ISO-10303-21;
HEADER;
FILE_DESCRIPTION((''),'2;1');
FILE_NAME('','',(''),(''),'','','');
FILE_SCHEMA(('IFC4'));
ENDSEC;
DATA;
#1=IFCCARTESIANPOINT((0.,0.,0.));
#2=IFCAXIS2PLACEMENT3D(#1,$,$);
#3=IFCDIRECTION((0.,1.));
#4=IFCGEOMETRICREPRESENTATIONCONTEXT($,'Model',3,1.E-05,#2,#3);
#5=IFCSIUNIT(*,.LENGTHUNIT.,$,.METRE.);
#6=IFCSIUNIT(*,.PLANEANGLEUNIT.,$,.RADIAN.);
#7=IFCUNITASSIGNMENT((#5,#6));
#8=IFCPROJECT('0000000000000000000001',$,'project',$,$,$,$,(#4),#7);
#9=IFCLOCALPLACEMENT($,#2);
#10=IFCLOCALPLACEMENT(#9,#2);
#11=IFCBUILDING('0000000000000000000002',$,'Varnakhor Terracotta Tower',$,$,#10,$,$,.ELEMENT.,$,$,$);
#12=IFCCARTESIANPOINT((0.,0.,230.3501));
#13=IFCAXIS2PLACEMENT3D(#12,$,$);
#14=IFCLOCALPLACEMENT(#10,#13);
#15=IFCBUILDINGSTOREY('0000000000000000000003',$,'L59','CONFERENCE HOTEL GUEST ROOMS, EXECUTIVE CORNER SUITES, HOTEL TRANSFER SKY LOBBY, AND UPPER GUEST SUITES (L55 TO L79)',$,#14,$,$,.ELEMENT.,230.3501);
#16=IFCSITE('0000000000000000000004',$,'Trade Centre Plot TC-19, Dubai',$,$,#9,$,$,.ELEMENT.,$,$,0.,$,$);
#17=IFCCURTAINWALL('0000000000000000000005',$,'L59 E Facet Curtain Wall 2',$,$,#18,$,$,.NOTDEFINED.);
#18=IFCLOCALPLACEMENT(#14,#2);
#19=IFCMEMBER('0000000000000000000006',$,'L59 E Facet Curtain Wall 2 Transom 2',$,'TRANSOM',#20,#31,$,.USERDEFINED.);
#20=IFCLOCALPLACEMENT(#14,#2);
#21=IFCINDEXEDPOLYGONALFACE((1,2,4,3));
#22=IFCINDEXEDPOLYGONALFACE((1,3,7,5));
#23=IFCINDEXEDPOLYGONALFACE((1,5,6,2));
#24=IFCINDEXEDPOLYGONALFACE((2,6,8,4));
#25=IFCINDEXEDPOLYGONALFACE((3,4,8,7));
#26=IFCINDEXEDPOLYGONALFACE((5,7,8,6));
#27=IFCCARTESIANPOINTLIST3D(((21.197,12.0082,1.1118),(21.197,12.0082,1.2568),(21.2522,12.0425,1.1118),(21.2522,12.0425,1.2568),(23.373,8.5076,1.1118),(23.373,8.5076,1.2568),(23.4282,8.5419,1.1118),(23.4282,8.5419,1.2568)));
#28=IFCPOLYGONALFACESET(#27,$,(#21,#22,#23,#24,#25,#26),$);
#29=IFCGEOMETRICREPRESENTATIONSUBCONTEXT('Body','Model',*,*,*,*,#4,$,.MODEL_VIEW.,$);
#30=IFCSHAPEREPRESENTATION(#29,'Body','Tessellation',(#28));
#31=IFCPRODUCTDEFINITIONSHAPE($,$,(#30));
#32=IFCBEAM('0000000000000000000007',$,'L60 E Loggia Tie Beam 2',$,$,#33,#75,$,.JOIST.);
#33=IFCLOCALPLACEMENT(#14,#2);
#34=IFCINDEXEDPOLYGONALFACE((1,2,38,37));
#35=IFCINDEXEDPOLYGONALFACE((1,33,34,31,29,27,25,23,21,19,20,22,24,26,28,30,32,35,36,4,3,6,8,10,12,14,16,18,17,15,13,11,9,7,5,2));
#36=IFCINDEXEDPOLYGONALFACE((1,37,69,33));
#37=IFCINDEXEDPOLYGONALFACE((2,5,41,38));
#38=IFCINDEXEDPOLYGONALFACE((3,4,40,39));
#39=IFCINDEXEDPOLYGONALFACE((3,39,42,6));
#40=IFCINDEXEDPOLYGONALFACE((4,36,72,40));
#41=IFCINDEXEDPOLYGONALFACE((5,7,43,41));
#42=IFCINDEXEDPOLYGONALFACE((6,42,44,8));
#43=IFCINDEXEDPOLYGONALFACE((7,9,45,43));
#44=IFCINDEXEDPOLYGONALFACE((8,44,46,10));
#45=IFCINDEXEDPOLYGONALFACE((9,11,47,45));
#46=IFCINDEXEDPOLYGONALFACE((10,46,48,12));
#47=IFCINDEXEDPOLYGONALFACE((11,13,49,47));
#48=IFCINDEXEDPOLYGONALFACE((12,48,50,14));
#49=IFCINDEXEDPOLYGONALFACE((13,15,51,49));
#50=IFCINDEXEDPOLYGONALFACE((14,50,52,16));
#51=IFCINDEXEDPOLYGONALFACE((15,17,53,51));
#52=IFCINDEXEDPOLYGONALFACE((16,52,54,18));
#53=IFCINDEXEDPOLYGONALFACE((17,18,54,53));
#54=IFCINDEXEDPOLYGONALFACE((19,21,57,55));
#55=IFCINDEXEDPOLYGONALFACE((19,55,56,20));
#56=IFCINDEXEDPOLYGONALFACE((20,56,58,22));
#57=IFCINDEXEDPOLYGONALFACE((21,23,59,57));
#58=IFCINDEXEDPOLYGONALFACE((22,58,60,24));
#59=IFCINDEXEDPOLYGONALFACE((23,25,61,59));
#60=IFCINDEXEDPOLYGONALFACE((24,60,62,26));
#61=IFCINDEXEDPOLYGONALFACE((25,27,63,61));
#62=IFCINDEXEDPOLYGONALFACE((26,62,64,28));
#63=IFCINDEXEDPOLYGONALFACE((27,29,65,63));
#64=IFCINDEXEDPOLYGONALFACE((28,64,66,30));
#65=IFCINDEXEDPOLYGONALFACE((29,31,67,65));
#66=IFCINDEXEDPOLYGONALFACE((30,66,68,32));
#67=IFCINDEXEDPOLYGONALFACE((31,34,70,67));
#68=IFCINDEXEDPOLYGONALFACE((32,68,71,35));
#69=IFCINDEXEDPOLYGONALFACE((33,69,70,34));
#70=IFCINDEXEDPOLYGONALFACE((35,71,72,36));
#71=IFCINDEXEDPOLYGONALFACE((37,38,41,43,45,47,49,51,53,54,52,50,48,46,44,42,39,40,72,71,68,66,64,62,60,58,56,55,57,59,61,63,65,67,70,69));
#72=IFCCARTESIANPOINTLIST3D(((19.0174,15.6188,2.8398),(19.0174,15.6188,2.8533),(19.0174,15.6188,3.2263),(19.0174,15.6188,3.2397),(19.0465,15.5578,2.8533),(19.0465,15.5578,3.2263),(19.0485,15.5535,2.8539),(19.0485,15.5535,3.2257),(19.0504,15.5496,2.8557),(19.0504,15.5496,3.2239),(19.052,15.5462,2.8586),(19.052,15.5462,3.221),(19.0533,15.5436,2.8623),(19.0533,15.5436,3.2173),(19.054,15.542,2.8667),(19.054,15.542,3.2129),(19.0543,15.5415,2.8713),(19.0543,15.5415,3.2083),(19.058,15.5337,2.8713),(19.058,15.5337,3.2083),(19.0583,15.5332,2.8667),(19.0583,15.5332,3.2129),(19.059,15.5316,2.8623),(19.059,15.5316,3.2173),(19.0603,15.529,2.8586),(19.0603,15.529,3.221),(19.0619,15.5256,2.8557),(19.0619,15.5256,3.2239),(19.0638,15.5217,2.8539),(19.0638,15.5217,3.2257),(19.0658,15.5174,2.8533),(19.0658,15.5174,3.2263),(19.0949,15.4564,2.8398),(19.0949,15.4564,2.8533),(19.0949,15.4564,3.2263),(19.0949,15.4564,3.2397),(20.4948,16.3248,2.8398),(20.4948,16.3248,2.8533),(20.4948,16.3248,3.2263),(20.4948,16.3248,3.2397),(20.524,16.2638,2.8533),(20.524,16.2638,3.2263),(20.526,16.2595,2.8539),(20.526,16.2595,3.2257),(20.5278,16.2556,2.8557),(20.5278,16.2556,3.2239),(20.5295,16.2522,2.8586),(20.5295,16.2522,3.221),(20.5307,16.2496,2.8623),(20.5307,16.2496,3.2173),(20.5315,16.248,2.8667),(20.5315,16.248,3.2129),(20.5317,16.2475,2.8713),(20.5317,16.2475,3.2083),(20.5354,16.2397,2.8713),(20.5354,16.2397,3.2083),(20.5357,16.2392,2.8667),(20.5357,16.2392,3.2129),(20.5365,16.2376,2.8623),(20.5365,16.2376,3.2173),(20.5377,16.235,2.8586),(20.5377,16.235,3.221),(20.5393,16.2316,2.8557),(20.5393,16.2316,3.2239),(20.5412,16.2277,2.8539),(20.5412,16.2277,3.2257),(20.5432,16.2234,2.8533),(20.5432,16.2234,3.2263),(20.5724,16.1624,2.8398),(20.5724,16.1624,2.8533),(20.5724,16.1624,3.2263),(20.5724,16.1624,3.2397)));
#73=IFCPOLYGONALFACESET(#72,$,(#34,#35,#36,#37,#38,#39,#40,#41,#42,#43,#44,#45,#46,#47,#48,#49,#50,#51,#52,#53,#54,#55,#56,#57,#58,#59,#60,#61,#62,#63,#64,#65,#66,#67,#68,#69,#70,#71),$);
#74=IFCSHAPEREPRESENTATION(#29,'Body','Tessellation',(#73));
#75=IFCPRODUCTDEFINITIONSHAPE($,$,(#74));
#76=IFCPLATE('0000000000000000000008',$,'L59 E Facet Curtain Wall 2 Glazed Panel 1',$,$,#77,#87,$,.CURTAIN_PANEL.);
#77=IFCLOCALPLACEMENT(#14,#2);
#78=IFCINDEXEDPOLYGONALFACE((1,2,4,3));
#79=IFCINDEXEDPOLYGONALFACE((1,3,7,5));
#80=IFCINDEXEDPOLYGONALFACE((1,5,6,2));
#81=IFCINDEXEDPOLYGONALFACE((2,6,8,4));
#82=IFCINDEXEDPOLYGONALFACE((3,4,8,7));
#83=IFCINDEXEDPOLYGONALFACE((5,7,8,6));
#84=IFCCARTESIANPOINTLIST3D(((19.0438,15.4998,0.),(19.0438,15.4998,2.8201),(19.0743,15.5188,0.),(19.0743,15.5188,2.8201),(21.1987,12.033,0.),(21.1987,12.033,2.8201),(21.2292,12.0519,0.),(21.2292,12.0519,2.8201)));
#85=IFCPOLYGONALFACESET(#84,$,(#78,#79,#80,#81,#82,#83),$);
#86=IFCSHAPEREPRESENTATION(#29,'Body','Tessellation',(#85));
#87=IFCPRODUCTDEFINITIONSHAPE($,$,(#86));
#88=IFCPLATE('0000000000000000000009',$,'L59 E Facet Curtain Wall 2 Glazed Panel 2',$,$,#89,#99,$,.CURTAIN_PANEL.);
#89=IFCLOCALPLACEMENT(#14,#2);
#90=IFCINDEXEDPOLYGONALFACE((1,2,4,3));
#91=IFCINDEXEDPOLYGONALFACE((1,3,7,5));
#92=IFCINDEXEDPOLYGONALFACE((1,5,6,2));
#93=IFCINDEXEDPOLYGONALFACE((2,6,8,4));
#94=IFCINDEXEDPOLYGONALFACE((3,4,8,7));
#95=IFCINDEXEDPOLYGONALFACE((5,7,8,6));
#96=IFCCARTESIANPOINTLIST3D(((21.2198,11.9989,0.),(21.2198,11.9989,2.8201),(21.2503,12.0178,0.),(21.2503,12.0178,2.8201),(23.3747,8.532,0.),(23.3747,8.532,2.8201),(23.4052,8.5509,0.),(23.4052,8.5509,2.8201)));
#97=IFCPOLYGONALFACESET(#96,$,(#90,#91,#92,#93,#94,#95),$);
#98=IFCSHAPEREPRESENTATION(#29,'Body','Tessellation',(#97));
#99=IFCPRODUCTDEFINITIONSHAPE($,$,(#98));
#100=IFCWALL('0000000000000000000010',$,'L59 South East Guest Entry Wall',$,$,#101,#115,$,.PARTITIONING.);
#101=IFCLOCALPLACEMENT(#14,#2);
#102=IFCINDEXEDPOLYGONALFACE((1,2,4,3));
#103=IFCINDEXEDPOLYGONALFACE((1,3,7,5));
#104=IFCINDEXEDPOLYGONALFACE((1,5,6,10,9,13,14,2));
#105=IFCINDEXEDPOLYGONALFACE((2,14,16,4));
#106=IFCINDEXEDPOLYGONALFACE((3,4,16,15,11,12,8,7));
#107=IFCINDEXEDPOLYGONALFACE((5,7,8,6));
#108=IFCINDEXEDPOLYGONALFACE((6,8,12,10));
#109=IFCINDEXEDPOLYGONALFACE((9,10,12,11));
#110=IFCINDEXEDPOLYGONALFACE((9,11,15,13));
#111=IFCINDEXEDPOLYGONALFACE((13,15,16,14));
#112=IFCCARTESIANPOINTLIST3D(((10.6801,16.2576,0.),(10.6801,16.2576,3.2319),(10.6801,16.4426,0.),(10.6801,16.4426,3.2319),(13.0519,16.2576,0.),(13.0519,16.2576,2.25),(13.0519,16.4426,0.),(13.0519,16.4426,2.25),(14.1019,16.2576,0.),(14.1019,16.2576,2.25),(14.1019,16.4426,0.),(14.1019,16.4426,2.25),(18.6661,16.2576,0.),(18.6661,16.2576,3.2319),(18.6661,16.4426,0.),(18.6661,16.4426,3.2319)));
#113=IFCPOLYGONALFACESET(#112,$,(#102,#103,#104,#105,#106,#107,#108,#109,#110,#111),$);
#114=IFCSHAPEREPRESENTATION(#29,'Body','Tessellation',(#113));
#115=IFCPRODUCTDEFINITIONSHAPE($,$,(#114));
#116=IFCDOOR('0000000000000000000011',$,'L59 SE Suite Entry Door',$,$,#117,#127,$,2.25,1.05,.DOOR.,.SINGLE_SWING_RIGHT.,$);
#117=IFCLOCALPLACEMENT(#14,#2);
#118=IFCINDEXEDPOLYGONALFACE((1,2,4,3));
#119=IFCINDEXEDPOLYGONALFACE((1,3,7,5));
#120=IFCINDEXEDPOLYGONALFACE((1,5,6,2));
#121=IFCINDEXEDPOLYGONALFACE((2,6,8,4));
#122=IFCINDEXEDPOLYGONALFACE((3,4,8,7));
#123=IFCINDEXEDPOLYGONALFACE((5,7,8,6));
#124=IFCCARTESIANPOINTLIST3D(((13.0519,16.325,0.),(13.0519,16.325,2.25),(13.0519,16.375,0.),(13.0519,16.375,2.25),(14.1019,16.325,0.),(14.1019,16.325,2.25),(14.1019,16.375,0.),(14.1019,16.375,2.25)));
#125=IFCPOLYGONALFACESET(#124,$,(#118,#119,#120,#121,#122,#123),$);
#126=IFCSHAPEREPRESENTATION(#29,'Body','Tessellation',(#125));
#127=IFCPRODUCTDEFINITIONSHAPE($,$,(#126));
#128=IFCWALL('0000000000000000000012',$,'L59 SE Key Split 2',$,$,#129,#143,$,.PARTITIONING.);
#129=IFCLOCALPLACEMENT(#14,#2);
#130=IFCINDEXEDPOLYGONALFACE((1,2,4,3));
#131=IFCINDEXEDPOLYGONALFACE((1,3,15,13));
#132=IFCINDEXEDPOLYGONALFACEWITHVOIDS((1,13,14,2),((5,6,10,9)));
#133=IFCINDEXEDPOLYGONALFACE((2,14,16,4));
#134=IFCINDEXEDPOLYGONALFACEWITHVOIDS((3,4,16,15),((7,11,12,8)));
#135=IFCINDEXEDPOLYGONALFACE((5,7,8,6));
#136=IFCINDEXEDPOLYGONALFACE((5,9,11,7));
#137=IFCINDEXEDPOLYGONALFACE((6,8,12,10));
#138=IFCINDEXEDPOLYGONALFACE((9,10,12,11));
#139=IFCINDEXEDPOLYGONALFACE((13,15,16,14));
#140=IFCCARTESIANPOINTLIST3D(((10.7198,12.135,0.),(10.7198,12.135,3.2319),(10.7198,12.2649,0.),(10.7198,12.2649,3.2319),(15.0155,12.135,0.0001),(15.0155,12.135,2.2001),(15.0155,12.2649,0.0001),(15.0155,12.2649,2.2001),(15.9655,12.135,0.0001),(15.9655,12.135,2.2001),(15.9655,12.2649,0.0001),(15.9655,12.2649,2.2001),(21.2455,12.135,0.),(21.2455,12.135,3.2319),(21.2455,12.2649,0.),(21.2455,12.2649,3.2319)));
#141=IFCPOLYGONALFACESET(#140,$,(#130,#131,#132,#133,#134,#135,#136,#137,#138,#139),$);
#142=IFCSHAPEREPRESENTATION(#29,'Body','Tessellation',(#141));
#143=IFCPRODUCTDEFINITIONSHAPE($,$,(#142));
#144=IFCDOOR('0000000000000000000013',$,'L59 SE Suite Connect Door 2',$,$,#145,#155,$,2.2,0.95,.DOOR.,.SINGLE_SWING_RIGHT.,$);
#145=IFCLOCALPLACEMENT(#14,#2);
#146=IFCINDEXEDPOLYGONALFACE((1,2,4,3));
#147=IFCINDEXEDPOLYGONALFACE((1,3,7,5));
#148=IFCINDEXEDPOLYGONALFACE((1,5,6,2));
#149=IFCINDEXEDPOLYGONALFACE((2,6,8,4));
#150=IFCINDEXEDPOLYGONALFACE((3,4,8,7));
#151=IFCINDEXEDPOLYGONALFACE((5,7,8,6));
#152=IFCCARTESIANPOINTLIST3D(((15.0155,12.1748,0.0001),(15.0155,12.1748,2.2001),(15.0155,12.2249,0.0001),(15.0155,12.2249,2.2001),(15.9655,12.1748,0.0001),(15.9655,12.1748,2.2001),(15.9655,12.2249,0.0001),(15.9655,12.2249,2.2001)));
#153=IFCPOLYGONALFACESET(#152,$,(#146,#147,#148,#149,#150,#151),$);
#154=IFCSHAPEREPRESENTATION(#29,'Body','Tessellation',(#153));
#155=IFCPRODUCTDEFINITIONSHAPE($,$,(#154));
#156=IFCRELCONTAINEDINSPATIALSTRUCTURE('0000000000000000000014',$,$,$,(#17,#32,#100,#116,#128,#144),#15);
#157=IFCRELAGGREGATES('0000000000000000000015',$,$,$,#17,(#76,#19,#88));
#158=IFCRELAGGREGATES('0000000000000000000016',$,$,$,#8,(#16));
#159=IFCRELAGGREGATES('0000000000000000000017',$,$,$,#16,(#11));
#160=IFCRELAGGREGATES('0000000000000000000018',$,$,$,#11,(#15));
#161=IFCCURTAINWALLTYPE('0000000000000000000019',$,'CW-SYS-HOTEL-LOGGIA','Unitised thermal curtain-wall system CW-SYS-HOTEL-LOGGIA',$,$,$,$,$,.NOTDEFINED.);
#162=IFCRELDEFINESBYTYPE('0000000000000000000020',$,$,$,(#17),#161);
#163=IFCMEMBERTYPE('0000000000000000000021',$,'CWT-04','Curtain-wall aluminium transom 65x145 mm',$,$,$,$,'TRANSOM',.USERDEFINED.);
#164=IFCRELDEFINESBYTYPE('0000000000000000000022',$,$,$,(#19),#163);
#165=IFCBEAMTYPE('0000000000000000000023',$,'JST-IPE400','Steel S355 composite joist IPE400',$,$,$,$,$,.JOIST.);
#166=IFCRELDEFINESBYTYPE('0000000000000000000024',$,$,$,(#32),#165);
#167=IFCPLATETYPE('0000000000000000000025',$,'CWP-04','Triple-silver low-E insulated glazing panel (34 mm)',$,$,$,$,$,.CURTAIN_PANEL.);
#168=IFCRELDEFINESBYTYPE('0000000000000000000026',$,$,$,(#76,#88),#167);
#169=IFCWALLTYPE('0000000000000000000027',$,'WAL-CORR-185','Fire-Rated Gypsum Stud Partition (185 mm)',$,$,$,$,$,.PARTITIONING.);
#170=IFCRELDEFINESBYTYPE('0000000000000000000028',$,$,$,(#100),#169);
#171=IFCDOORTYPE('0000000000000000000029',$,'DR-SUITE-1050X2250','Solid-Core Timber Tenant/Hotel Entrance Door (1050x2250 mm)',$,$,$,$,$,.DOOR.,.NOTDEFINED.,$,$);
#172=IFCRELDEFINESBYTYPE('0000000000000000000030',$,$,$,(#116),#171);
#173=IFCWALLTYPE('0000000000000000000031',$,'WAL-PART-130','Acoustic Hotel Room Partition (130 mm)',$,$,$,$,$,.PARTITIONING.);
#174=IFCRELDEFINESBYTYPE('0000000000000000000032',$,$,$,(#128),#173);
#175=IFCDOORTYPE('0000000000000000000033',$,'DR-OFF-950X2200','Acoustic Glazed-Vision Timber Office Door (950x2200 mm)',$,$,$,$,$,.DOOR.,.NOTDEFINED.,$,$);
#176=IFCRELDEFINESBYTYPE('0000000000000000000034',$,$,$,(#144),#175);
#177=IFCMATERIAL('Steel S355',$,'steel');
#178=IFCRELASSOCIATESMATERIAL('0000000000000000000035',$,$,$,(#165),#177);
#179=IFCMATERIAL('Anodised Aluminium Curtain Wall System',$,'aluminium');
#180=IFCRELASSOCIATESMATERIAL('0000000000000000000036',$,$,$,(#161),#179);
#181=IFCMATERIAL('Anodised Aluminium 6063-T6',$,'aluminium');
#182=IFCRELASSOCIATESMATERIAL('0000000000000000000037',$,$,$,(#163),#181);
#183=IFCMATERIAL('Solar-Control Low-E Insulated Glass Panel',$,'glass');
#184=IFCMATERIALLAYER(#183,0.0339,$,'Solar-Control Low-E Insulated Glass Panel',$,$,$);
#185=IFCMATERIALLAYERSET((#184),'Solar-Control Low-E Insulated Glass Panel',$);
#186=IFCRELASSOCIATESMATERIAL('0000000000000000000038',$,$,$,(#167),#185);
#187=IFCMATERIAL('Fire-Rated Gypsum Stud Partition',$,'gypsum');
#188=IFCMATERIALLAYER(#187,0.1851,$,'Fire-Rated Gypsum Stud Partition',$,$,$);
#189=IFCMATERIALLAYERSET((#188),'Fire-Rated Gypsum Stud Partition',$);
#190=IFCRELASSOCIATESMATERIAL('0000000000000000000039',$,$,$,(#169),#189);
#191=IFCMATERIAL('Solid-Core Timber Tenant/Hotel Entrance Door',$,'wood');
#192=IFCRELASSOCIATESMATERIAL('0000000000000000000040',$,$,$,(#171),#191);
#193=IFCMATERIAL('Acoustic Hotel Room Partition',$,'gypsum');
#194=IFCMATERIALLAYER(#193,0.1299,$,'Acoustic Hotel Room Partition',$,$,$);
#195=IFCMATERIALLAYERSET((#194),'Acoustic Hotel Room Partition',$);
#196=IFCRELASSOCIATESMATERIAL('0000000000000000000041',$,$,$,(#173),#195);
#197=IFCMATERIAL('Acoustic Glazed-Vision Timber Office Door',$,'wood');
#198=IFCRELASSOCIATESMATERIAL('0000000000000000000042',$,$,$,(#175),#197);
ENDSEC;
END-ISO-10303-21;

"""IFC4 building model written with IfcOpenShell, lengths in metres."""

from ifc_helpers import new_model, si_unit, direction, frame, frame_2d, origin, origin_2d, place, context, subcontext, project, spatial, rectangle, i_section, extrude, source, transform, mapped, material, layer, layer_set, material_profile, profile_set, type_object, type_shapes, element, fill, aggregate, save


model = new_model("IFC4")

# Units and contexts
model_context = context("Model", 3, precision=1e-05, world=origin(), true_north=direction((0.0, 1.0)))
body_context = subcontext(model_context, "Body", "Model", "MODEL_VIEW")
ifc_project = project(units=[si_unit("LENGTHUNIT", "METRE"), si_unit("PLANEANGLEUNIT", "RADIAN")], contexts=[model_context])

# Site, building, storey
site_placement = place(None, origin())
site = spatial("IfcSite", under=ifc_project, at=site_placement, Name="Trade Centre Plot TC-19, Dubai", CompositionType="ELEMENT", RefElevation=0.0)
building_placement = place(site_placement, origin())
building = spatial("IfcBuilding", under=site, at=building_placement, Name="Varnakhor Terracotta Tower", CompositionType="ELEMENT")
storey_placement = place(building_placement, frame((0.0, 0.0, 230.3501)))
storey = spatial("IfcBuildingStorey", under=building, at=storey_placement, Name="L59", Description="CONFERENCE HOTEL GUEST ROOMS, EXECUTIVE CORNER SUITES, HOTEL TRANSFER SKY LOBBY, AND UPPER GUEST SUITES (L55 TO L79)", CompositionType="ELEMENT", Elevation=230.3501)

# Shared definitions
ifc_material_1 = material(Name="Steel S355", Category="steel")
ifc_material_profile_1 = material_profile(ifc_material_1, i_section(OverallWidth=0.1799, OverallDepth=0.3999, WebThickness=0.0085, FlangeThickness=0.0134, FilletRadius=0.0181, at=origin_2d()), Name="IPE400")
ifc_profile_set_1 = profile_set([ifc_material_profile_1], Name="Steel S355")
beam_type_1 = type_object("IfcBeamType", Name="JST-IPE400", Description="Steel S355 composite joist IPE400", PredefinedType="JOIST", material=ifc_profile_set_1)

# Curtain wall, member
ifc_material_2 = material(Name="Anodised Aluminium Curtain Wall System", Category="aluminium")
curtain_wall_type = type_object("IfcCurtainWallType", Name="CW-SYS-HOTEL-LOGGIA", Description="Unitised thermal curtain-wall system CW-SYS-HOTEL-LOGGIA", PredefinedType="NOTDEFINED", material=ifc_material_2)
curtain_wall_placement = place(storey_placement, origin())
curtain_wall = element("IfcCurtainWall", 1, at=curtain_wall_placement, inside=storey, type_object=curtain_wall_type, Name="L59 E Facet Curtain Wall 2", PredefinedType="NOTDEFINED")
ifc_material_3 = material(Name="Anodised Aluminium 6063-T6", Category="aluminium")
ifc_material_profile_2 = material_profile(ifc_material_3, rectangle(XDim=0.0649, YDim=0.145, at=origin_2d()), Name="ALU TRANSOM 65x145")
ifc_profile_set_2 = profile_set([ifc_material_profile_2], Name="Anodised Aluminium 6063-T6")
member_type_1 = type_object("IfcMemberType", Name="CWT-04", Description="Curtain-wall aluminium transom 65x145 mm", ElementType="TRANSOM", PredefinedType="USERDEFINED", material=ifc_profile_set_2)
shared_shape_1 = source(origin(), body_context, "Body", "SweptSolid", [
    extrude(rectangle(XDim=0.0649, YDim=0.145, at=origin_2d()), origin(), (0.0, 0.0, 1.0), 4.1218),
])
member_1_placement = place(storey_placement, frame((21.2246, 12.0254, 1.1843), z_axis=(0.527916, -0.849297, 0.0), x_axis=(0.849297, 0.527916, 0.0)))
member_1 = element("IfcMember", 2, at=member_1_placement, type_object=member_type_1, Name="L59 E Facet Curtain Wall 2 Transom 2", ObjectType="TRANSOM", PredefinedType="USERDEFINED", context=body_context, shape_type="MappedRepresentation", body=[
    mapped(shared_shape_1, transform((0.0, 0.0, 0.0), scale=1.0)),
])

# Beam
shared_shape_2 = source(origin(), body_context, "Body", "SweptSolid", [
    extrude(i_section(OverallWidth=0.1799, OverallDepth=0.3999, WebThickness=0.0085, FlangeThickness=0.0134, FilletRadius=0.0181, at=origin_2d()), origin(), (0.0, 0.0, 1.0), 1.6375),
])
beam_1_placement = place(storey_placement, frame((19.0562, 15.5376, 3.0398), z_axis=(0.902275, 0.43116, 0.0), x_axis=(-0.43116, 0.902275, 0.0)))
element("IfcBeam", 3, at=beam_1_placement, inside=storey, type_object=beam_type_1, Name="L60 E Loggia Tie Beam 2", PredefinedType="JOIST", context=body_context, shape_type="MappedRepresentation", body=[
    mapped(shared_shape_2, transform((0.0, 0.0, 0.0), scale=1.0)),
])

# Plates
ifc_material_4 = material(Name="Solar-Control Low-E Insulated Glass Panel", Category="glass")
ifc_layer_1 = layer(ifc_material_4, 0.0339, Name="Solar-Control Low-E Insulated Glass Panel")
ifc_layer_set_1 = layer_set([ifc_layer_1], Name="Solar-Control Low-E Insulated Glass Panel")
plate_type = type_object("IfcPlateType", Name="CWP-04", Description="Triple-silver low-E insulated glazing panel (34 mm)", PredefinedType="CURTAIN_PANEL", material=ifc_layer_set_1)
shared_shape_3 = source(origin(), body_context, "Body", "SweptSolid", [
    extrude(rectangle(XDim=4.082, YDim=0.0359, at=origin_2d()), origin(), (0.0, 0.0, 1.0), 2.8201),
])
plate_1_placement = place(storey_placement, frame((20.1365, 13.7759, 0.0), z_axis=(0.0, 0.0, 1.0), x_axis=(0.527905, -0.849304, 0.0)))
plate_1 = element("IfcPlate", 4, at=plate_1_placement, type_object=plate_type, Name="L59 E Facet Curtain Wall 2 Glazed Panel 1", PredefinedType="CURTAIN_PANEL", context=body_context, shape_type="MappedRepresentation", body=[
    mapped(shared_shape_3, transform((0.0, 0.0, 0.0), scale=1.0)),
])
plate_2_placement = place(storey_placement, frame((22.3125, 10.2749, 0.0), z_axis=(0.0, 0.0, 1.0), x_axis=(0.527905, -0.849304, 0.0)))
plate_2 = element("IfcPlate", 5, at=plate_2_placement, type_object=plate_type, Name="L59 E Facet Curtain Wall 2 Glazed Panel 2", PredefinedType="CURTAIN_PANEL", context=body_context, shape_type="MappedRepresentation", body=[
    mapped(shared_shape_3, transform((0.0, 0.0, 0.0), scale=1.0)),
])
aggregate(curtain_wall, [plate_1, member_1, plate_2])

# Walls, openings, doors
ifc_material_5 = material(Name="Fire-Rated Gypsum Stud Partition", Category="gypsum")
ifc_layer_2 = layer(ifc_material_5, 0.1851, Name="Fire-Rated Gypsum Stud Partition")
ifc_layer_set_2 = layer_set([ifc_layer_2], Name="Fire-Rated Gypsum Stud Partition")
wall_type_1 = type_object("IfcWallType", Name="WAL-CORR-185", Description="Fire-Rated Gypsum Stud Partition (185 mm)", PredefinedType="PARTITIONING", material=ifc_layer_set_2)
wall_1_placement = place(storey_placement, frame((10.6799, 16.3501, 0.0), z_axis=(0.0, 0.0, 1.0), x_axis=(1.0, 0.0, 0.0)))
wall_1 = element("IfcWall", 6, at=wall_1_placement, inside=storey, type_object=wall_type_1, Name="L59 South East Guest Entry Wall", PredefinedType="PARTITIONING", context=body_context, shape_type="SweptSolid", body=[
    extrude(rectangle(XDim=7.9861, YDim=0.1851, at=frame_2d((3.9932, 0.0))), origin(), (0.0, 0.0, 1.0), 3.2319),
])
opening_1_placement = place(wall_1_placement, frame((2.3721, 0.0, 0.0)))
opening_1 = element("IfcOpeningElement", 7, at=opening_1_placement, cuts=wall_1, PredefinedType="OPENING", context=body_context, shape_type="SweptSolid", body=[
    extrude(rectangle(XDim=1.05, YDim=2.25, at=frame_2d((0.5249, 1.125))), frame((0.0, 0.1025, 0.0), z_axis=(0.0, -1.0, 0.0), x_axis=(1.0, 0.0, 0.0)), (0.0, 0.0, 1.0), 0.2051),
])
ifc_material_6 = material(Name="Solid-Core Timber Tenant/Hotel Entrance Door", Category="wood")
door_type_1 = type_object("IfcDoorType", Name="DR-SUITE-1050X2250", Description="Solid-Core Timber Tenant/Hotel Entrance Door (1050x2250 mm)", OperationType="NOTDEFINED", PredefinedType="DOOR", material=ifc_material_6)
shared_shape_4 = source(origin(), body_context, "Body", "SweptSolid", [
    extrude(rectangle(XDim=1.05, YDim=2.25, at=frame_2d((0.5249, 1.125))), frame((0.0, 0.0249, 0.0), z_axis=(0.0, -1.0, 0.0), x_axis=(1.0, 0.0, 0.0)), (0.0, 0.0, 1.0), 0.05),
])
type_shapes(door_type_1, [shared_shape_4])
door_1_placement = place(opening_1_placement, origin())
door_1 = element("IfcDoor", 8, at=door_1_placement, inside=storey, type_object=door_type_1, Name="L59 SE Suite Entry Door", OperationType="SINGLE_SWING_RIGHT", OverallHeight=2.25, OverallWidth=1.05, PredefinedType="DOOR", context=body_context, shape_type="MappedRepresentation", body=[
    mapped(shared_shape_4, transform((0.0, 0.0, 0.0), scale=1.0)),
])
fill(opening_1, door_1)
ifc_material_7 = material(Name="Acoustic Hotel Room Partition", Category="gypsum")
ifc_layer_3 = layer(ifc_material_7, 0.1299, Name="Acoustic Hotel Room Partition")
ifc_layer_set_3 = layer_set([ifc_layer_3], Name="Acoustic Hotel Room Partition")
wall_type_2 = type_object("IfcWallType", Name="WAL-PART-130", Description="Acoustic Hotel Room Partition (130 mm)", PredefinedType="PARTITIONING", material=ifc_layer_set_3)
wall_2_placement = place(storey_placement, frame((10.72, 12.2, 0.0), z_axis=(0.0, 0.0, 1.0), x_axis=(1.0, 0.0, 0.0)))
wall_2 = element("IfcWall", 9, at=wall_2_placement, inside=storey, type_object=wall_type_2, Name="L59 SE Key Split 2", PredefinedType="PARTITIONING", context=body_context, shape_type="SweptSolid", body=[
    extrude(rectangle(XDim=10.5256, YDim=0.1299, at=frame_2d((5.2627, 0.0))), origin(), (0.0, 0.0, 1.0), 3.2319),
])
opening_2_placement = place(wall_2_placement, frame((4.2954, 0.0, 0.0)))
opening_2 = element("IfcOpeningElement", 10, at=opening_2_placement, cuts=wall_2, PredefinedType="OPENING", context=body_context, shape_type="SweptSolid", body=[
    extrude(rectangle(XDim=0.95, YDim=2.2, at=frame_2d((0.4751, 1.1001))), frame((0.0, 0.075, 0.0), z_axis=(0.0, -1.0, 0.0), x_axis=(1.0, 0.0, 0.0)), (0.0, 0.0, 1.0), 0.1499),
])
ifc_material_8 = material(Name="Acoustic Glazed-Vision Timber Office Door", Category="wood")
door_type_2 = type_object("IfcDoorType", Name="DR-OFF-950X2200", Description="Acoustic Glazed-Vision Timber Office Door (950x2200 mm)", OperationType="NOTDEFINED", PredefinedType="DOOR", material=ifc_material_8)
shared_shape_5 = source(origin(), body_context, "Body", "SweptSolid", [
    extrude(rectangle(XDim=0.95, YDim=2.2, at=frame_2d((0.4751, 1.1001))), frame((0.0, 0.0249, 0.0), z_axis=(0.0, -1.0, 0.0), x_axis=(1.0, 0.0, 0.0)), (0.0, 0.0, 1.0), 0.05),
])
type_shapes(door_type_2, [shared_shape_5])
door_2_placement = place(opening_2_placement, origin())
door_2 = element("IfcDoor", 11, at=door_2_placement, inside=storey, type_object=door_type_2, Name="L59 SE Suite Connect Door 2", OperationType="SINGLE_SWING_RIGHT", OverallHeight=2.2, OverallWidth=0.95, PredefinedType="DOOR", context=body_context, shape_type="MappedRepresentation", body=[
    mapped(shared_shape_5, transform((0.0, 0.0, 0.0), scale=1.0)),
])
fill(opening_2, door_2)

save(model, "model.ifc")
